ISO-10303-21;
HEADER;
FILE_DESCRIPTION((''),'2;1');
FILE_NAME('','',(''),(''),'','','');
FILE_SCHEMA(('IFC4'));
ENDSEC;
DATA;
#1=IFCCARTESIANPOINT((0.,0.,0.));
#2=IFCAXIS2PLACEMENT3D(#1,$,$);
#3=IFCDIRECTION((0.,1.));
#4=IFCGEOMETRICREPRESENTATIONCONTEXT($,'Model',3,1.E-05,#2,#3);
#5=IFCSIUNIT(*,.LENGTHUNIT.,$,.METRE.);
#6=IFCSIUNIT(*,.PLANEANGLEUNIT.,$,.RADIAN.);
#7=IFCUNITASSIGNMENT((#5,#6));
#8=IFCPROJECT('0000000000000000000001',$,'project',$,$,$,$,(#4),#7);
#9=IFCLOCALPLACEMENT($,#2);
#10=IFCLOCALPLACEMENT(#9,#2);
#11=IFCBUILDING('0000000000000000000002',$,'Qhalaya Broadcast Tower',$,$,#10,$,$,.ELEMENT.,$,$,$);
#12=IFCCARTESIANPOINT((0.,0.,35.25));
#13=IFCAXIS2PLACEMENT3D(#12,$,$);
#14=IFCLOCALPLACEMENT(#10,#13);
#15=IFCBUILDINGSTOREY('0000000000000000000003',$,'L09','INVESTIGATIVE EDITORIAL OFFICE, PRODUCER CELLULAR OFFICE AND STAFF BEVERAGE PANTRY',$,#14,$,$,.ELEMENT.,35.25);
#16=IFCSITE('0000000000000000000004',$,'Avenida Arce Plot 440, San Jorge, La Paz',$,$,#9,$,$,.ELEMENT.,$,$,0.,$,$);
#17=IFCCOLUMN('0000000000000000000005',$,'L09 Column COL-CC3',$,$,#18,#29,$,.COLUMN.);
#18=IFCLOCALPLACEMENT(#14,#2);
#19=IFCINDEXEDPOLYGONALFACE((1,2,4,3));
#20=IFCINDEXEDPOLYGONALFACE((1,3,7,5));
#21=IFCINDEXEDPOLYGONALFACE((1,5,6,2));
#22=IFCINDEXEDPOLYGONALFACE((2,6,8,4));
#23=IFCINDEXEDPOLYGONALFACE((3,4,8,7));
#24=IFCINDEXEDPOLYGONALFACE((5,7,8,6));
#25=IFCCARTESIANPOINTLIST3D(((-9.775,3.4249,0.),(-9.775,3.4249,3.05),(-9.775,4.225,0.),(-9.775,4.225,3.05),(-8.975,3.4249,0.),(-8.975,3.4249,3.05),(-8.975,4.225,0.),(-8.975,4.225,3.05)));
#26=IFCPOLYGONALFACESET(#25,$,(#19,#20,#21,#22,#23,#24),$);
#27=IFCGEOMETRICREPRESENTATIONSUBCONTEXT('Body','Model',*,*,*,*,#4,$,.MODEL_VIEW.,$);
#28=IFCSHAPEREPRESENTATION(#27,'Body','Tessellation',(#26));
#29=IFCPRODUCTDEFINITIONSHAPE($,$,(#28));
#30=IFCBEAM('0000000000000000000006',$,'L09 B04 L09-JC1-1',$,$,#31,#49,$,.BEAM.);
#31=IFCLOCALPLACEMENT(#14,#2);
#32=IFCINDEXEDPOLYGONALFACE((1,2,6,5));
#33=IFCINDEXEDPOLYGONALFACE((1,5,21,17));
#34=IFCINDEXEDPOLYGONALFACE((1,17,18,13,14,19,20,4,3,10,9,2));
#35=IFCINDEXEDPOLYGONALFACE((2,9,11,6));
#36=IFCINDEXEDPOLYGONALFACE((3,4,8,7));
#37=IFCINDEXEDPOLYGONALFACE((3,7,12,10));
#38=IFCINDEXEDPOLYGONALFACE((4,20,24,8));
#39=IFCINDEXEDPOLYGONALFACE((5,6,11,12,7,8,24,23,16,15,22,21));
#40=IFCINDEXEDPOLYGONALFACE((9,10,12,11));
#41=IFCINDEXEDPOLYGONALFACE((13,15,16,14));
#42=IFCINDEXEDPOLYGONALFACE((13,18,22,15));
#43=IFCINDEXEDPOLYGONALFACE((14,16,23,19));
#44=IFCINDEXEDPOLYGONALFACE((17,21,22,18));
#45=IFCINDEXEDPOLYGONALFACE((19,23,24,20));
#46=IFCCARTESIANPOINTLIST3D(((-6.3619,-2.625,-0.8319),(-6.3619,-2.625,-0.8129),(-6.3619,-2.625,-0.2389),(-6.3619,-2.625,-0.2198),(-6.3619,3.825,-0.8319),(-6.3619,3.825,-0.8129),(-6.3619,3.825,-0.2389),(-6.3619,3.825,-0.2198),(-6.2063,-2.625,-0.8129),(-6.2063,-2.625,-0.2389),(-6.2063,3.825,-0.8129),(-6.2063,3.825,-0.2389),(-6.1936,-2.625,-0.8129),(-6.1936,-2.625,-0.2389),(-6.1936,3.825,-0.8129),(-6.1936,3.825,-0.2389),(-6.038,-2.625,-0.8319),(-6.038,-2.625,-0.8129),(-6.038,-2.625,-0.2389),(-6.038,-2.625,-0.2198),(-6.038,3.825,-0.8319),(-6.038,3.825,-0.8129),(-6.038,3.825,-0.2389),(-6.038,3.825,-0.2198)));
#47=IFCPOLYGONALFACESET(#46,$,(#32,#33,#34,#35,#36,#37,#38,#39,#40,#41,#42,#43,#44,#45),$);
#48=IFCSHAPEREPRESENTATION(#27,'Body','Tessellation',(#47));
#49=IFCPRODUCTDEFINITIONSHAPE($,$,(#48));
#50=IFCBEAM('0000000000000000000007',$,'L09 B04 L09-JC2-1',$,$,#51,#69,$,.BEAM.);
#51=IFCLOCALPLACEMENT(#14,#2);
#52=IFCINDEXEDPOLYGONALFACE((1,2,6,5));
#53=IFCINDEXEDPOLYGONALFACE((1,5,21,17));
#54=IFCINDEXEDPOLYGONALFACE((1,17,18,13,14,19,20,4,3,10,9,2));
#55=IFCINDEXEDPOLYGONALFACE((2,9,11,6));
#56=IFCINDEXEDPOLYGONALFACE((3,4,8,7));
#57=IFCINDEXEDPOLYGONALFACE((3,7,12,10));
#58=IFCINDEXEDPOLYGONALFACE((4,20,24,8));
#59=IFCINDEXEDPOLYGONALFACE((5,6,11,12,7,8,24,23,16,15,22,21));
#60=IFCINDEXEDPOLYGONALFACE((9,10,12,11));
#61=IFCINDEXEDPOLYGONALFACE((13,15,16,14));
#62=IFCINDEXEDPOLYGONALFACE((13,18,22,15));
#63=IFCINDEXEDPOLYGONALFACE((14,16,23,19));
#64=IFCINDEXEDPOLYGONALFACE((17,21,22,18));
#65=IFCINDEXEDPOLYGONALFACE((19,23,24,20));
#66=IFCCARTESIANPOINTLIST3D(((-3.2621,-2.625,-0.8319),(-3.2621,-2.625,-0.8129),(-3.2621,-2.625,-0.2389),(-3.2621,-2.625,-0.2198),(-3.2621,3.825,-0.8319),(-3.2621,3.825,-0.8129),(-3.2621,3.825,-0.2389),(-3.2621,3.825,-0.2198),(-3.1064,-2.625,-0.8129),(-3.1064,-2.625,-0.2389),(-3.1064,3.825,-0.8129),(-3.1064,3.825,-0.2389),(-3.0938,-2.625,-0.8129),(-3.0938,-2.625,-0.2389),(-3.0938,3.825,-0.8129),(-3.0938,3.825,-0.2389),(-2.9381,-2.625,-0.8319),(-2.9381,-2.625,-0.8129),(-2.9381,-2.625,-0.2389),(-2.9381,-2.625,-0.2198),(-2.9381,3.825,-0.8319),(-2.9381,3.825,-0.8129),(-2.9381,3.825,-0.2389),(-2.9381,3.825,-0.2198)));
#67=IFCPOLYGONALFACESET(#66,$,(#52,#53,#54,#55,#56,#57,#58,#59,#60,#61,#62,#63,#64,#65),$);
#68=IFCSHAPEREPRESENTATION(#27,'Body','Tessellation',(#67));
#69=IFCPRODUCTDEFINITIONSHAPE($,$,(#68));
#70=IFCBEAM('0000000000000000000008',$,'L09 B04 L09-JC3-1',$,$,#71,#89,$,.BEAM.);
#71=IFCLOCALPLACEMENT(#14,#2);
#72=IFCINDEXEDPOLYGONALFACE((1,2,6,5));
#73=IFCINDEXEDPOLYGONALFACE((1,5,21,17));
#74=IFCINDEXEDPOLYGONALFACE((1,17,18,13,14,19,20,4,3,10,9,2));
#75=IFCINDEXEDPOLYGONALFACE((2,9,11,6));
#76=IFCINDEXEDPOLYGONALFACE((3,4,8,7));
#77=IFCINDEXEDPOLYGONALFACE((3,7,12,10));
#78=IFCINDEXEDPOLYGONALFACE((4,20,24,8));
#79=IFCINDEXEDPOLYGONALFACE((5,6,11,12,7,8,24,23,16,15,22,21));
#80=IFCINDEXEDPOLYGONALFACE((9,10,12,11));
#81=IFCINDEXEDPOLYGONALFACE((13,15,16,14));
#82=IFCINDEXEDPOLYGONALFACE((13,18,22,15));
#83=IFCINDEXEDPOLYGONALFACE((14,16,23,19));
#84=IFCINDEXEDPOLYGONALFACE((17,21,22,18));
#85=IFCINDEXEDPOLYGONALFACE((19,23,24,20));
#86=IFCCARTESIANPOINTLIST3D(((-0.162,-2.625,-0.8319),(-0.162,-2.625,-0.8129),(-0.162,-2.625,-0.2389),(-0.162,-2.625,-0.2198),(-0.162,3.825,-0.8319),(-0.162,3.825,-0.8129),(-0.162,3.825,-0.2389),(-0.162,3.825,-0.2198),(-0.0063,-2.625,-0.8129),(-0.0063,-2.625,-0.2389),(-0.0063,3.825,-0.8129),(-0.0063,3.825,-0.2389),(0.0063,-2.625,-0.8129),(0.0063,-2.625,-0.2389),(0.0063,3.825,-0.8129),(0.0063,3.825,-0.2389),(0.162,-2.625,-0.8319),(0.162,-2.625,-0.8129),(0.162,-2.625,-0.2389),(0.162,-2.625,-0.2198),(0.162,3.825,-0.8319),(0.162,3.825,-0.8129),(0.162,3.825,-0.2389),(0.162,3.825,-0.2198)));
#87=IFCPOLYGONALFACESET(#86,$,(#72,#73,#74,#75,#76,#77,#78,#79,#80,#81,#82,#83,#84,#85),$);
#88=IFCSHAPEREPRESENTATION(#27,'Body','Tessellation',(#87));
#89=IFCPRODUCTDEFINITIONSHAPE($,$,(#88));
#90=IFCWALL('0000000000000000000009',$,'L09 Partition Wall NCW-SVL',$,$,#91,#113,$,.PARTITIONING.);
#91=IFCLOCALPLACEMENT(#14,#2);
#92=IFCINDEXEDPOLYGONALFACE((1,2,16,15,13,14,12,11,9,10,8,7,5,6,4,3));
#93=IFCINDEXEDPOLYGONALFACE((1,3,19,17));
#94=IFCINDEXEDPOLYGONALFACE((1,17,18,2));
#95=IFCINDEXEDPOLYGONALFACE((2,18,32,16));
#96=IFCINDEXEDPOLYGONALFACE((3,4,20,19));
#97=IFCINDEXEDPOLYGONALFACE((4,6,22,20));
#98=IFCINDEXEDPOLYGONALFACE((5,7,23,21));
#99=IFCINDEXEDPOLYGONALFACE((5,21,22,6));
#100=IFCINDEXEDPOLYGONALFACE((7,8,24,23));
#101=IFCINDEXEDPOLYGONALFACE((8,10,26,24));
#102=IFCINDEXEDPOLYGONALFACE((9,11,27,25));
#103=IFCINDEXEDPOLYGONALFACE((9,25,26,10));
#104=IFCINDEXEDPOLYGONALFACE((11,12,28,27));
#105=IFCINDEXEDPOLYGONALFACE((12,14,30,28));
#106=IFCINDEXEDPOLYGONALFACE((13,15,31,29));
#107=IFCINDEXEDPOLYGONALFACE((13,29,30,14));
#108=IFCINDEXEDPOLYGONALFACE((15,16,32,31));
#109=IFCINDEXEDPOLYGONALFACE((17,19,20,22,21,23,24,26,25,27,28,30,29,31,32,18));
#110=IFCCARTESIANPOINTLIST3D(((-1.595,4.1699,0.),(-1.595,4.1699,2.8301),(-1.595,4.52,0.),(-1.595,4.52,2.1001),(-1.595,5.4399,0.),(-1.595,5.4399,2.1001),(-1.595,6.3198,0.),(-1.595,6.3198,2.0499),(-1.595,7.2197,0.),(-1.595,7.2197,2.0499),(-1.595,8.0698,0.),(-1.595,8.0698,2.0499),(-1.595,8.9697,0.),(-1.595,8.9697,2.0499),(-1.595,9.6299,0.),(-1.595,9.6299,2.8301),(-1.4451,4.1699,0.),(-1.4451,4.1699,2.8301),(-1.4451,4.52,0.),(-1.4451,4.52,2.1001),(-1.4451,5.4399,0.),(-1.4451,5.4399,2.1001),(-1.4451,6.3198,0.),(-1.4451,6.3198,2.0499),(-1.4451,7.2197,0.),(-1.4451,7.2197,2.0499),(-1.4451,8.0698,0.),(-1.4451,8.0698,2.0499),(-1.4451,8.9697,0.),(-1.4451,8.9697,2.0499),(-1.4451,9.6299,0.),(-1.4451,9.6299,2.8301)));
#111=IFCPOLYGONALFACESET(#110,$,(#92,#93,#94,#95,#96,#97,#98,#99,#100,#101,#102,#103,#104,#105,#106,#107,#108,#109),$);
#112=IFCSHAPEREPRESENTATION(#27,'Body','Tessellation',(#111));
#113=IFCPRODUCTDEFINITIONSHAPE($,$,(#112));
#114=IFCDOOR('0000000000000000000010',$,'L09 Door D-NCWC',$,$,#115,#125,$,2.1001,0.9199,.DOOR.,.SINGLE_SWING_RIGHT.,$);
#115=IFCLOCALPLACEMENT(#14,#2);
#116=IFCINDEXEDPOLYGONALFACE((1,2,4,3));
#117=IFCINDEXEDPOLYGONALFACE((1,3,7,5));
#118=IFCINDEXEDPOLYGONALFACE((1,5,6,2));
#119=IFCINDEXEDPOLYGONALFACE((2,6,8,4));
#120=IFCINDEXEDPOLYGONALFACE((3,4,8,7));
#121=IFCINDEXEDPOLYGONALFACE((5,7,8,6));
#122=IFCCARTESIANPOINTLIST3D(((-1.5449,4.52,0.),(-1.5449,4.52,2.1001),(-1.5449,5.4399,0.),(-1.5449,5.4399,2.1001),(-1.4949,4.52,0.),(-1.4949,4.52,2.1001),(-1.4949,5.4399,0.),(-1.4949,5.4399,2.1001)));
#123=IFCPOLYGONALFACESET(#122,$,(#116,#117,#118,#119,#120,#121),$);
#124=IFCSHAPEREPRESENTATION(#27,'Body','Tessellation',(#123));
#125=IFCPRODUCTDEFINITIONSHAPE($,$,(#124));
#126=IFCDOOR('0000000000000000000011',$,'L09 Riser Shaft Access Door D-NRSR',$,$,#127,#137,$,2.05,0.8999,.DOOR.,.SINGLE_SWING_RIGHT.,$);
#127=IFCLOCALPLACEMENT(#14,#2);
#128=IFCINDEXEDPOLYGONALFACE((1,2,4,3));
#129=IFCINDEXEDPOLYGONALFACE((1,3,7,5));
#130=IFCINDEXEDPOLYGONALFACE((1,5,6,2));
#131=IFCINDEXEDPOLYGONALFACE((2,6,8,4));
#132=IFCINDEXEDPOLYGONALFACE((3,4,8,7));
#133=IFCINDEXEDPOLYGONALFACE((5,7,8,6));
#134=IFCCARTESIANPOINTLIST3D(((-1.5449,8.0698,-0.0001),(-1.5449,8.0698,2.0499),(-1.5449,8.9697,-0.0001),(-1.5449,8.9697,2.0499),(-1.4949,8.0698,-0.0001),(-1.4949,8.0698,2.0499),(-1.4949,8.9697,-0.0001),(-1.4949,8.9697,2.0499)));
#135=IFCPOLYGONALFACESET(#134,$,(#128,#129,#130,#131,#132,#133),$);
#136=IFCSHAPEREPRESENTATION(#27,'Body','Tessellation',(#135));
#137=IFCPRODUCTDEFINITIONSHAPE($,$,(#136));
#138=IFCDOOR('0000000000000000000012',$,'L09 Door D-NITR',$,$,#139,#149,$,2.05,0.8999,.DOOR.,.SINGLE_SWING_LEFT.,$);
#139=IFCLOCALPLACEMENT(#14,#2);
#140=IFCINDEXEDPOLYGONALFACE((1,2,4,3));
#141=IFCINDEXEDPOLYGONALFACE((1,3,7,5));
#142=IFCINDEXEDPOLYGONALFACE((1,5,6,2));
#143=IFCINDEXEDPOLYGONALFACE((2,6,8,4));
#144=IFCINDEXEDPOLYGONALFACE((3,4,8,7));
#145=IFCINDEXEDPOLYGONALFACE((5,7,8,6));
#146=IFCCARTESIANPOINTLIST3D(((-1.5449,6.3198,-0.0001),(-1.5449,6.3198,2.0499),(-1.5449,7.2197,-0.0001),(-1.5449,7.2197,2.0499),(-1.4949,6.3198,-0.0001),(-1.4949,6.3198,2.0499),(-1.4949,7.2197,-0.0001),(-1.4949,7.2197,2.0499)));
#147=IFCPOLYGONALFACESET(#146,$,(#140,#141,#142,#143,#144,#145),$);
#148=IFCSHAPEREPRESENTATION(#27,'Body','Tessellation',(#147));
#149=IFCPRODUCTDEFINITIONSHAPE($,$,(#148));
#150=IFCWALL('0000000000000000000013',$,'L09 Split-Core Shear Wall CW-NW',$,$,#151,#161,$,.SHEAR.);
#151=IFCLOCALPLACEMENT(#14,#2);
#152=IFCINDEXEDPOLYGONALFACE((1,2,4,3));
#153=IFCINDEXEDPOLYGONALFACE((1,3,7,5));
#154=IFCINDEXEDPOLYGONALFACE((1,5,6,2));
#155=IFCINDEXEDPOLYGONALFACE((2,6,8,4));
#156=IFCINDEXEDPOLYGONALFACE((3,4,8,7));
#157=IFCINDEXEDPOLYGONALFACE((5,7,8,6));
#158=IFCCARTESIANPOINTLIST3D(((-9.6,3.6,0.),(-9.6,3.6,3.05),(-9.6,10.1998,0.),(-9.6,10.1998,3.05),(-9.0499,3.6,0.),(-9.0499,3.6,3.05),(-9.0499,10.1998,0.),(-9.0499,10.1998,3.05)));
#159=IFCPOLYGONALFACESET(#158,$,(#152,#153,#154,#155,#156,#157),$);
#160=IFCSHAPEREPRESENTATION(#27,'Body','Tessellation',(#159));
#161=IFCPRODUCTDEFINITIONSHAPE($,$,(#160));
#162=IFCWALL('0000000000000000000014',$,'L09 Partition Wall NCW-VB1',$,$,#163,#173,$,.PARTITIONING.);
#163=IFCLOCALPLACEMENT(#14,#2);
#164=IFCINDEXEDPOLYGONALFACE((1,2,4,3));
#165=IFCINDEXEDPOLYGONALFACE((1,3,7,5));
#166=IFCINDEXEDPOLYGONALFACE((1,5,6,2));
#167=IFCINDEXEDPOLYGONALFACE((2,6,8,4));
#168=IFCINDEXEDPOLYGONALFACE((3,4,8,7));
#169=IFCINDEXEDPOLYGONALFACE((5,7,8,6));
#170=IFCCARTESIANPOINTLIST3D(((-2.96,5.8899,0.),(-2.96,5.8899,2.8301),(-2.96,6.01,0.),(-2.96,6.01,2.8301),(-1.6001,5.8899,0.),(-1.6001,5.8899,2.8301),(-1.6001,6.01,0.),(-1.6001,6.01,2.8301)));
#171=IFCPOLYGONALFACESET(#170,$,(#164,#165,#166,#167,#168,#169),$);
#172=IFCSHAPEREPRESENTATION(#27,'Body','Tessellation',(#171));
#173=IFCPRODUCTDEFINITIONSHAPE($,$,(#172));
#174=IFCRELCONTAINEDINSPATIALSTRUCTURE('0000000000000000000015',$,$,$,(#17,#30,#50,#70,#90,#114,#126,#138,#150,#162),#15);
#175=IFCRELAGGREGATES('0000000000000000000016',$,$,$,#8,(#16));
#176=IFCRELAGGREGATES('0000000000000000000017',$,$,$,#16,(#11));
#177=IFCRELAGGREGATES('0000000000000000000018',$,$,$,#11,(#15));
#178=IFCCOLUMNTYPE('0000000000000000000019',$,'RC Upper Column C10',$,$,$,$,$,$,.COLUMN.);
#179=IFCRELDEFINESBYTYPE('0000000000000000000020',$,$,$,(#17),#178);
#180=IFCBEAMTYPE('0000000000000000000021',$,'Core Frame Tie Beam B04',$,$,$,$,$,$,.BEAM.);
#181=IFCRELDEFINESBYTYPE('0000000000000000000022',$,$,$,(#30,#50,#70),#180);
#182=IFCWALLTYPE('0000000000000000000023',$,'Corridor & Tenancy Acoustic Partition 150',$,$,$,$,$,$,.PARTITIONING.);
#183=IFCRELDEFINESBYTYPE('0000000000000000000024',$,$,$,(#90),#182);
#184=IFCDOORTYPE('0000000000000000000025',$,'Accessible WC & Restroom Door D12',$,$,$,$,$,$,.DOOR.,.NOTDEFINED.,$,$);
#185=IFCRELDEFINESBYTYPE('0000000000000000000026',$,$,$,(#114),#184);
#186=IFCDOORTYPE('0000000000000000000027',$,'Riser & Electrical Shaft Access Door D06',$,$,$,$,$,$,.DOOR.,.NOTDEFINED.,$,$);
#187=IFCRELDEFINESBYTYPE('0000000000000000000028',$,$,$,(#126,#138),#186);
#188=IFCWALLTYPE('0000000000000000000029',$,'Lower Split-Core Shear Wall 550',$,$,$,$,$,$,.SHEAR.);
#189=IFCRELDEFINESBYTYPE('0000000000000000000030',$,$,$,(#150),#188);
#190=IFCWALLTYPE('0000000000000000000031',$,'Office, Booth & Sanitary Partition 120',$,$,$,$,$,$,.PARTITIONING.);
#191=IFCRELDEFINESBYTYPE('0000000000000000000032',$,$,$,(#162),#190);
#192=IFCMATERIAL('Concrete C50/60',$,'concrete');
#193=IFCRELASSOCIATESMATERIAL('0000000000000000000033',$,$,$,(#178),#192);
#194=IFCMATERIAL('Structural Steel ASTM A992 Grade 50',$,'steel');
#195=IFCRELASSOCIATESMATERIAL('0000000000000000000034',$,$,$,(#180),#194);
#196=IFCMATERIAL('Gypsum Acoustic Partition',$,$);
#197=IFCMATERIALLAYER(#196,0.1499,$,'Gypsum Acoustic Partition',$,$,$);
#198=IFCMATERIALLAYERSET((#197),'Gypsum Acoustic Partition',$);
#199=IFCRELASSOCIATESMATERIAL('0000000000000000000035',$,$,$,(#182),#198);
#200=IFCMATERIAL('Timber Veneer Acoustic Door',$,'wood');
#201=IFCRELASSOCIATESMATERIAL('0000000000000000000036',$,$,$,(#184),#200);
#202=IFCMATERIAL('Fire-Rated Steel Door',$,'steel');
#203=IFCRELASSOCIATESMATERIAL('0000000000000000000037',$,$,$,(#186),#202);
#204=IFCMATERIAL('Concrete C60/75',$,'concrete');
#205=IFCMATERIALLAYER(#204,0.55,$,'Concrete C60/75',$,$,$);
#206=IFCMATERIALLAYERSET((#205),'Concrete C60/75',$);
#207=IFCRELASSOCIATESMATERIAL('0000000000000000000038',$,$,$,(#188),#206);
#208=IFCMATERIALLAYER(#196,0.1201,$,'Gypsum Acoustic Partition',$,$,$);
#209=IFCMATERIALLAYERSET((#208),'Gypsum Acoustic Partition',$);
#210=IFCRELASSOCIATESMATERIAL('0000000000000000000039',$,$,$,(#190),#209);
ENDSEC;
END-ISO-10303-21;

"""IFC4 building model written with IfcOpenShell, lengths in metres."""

from ifc_helpers import new_model, si_unit, direction, frame, frame_2d, origin, origin_2d, place, context, subcontext, project, spatial, rectangle, i_section, extrude, material, layer, layer_set, material_profile, profile_set, type_object, element, fill, save


model = new_model("IFC4")

# Units and contexts
model_context = context("Model", 3, precision=1e-05, world=origin(), true_north=direction((0.0, 1.0)))
body_context = subcontext(model_context, "Body", "Model", "MODEL_VIEW")
ifc_project = project(units=[si_unit("LENGTHUNIT", "METRE"), si_unit("PLANEANGLEUNIT", "RADIAN")], contexts=[model_context])

# Site, building, storey
site_placement = place(None, origin())
site = spatial("IfcSite", under=ifc_project, at=site_placement, Name="Avenida Arce Plot 440, San Jorge, La Paz", CompositionType="ELEMENT", RefElevation=0.0)
building_placement = place(site_placement, origin())
building = spatial("IfcBuilding", under=site, at=building_placement, Name="Qhalaya Broadcast Tower", CompositionType="ELEMENT")
storey_placement = place(building_placement, frame((0.0, 0.0, 35.25)))
storey = spatial("IfcBuildingStorey", under=building, at=storey_placement, Name="L09", Description="INVESTIGATIVE EDITORIAL OFFICE, PRODUCER CELLULAR OFFICE AND STAFF BEVERAGE PANTRY", CompositionType="ELEMENT", Elevation=35.25)

# Column
ifc_material_1 = material(Name="Concrete C50/60", Category="concrete")
ifc_material_profile_1 = material_profile(ifc_material_1, rectangle(XDim=0.8, YDim=0.8, at=origin_2d()), Name="RC-COL 800x800")
ifc_profile_set_1 = profile_set([ifc_material_profile_1], Name="Concrete C50/60")
column_type = type_object("IfcColumnType", Name="RC Upper Column C10", PredefinedType="COLUMN", material=ifc_profile_set_1)
column_placement = place(storey_placement, frame((-9.375, 3.825, 0.0), z_axis=(0.0, 0.0, 1.0), x_axis=(1.0, 0.0, 0.0)))
element("IfcColumn", 1, at=column_placement, inside=storey, type_object=column_type, Name="L09 Column COL-CC3", PredefinedType="COLUMN", context=body_context, shape_type="SweptSolid", body=[
    extrude(rectangle(XDim=0.8, YDim=0.8, at=origin_2d()), origin(), (0.0, 0.0, 1.0), 3.05),
])

# Beams
ifc_material_2 = material(Name="Structural Steel ASTM A992 Grade 50", Category="steel")
ifc_material_profile_2 = material_profile(ifc_material_2, i_section(OverallWidth=0.324, OverallDepth=0.6121, WebThickness=0.0127, FlangeThickness=0.019, at=origin_2d()), Name="W24X104")
ifc_profile_set_2 = profile_set([ifc_material_profile_2], Name="Structural Steel ASTM A992 Grade 50")
beam_type = type_object("IfcBeamType", Name="Core Frame Tie Beam B04", PredefinedType="BEAM", material=ifc_profile_set_2)
for number, where, z_axis, x_axis, name in (
    (2, (-6.2, -2.625, -0.5259), (0.0, 1.0, 0.0), (-1.0, 0.0, 0.0), "L09 B04 L09-JC1-1"),
    (3, (-3.1001, -2.625, -0.5259), (0.0, 1.0, 0.0), (-1.0, 0.0, 0.0), "L09 B04 L09-JC2-1"),
    (4, (0.0, -2.625, -0.5259), (0.0, 1.0, 0.0), (-1.0, 0.0, 0.0), "L09 B04 L09-JC3-1"),
):
    element("IfcBeam", number, at=place(storey_placement, frame(where, z_axis=z_axis, x_axis=x_axis)), inside=storey, type_object=beam_type, Name=name, PredefinedType="BEAM", context=body_context, shape_type="SweptSolid", body=[
        extrude(i_section(OverallWidth=0.324, OverallDepth=0.6121, WebThickness=0.0127, FlangeThickness=0.019, at=origin_2d()), origin(), (0.0, 0.0, 1.0), 6.45),
    ])

# Wall, openings, doors
ifc_material_3 = material(Name="Gypsum Acoustic Partition")
ifc_layer_1 = layer(ifc_material_3, 0.1499, Name="Gypsum Acoustic Partition")
ifc_layer_set_1 = layer_set([ifc_layer_1], Name="Gypsum Acoustic Partition")
wall_type_1 = type_object("IfcWallType", Name="Corridor & Tenancy Acoustic Partition 150", PredefinedType="PARTITIONING", material=ifc_layer_set_1)
wall_1_placement = place(storey_placement, frame((-1.52, 4.1699, 0.0), z_axis=(0.0, 0.0, 1.0), x_axis=(0.0, 1.0, 0.0)))
wall_1 = element("IfcWall", 5, at=wall_1_placement, inside=storey, type_object=wall_type_1, Name="L09 Partition Wall NCW-SVL", PredefinedType="PARTITIONING", context=body_context, shape_type="SweptSolid", body=[
    extrude(rectangle(XDim=5.46, YDim=0.1499, at=frame_2d((2.73, 0.0))), origin(), (0.0, 0.0, 1.0), 2.8301),
])
opening_1_placement = place(wall_1_placement, frame((3.8999, 0.0, 0.0)))
opening_1 = element("IfcOpeningElement", 6, at=opening_1_placement, cuts=wall_1, PredefinedType="OPENING", context=body_context, shape_type="SweptSolid", body=[
    extrude(rectangle(XDim=0.8999, YDim=2.05, at=frame_2d((0.45, 1.0249))), frame((0.0, 0.0869, 0.0), z_axis=(0.0, -1.0, 0.0), x_axis=(1.0, 0.0, 0.0)), (0.0, 0.0, 1.0), 0.1738),
])
opening_2_placement = place(wall_1_placement, frame((2.1499, 0.0, 0.0)))
opening_2 = element("IfcOpeningElement", 7, at=opening_2_placement, cuts=wall_1, PredefinedType="OPENING", context=body_context, shape_type="SweptSolid", body=[
    extrude(rectangle(XDim=0.8999, YDim=2.05, at=frame_2d((0.45, 1.0249))), frame((0.0, 0.0869, 0.0), z_axis=(0.0, -1.0, 0.0), x_axis=(1.0, 0.0, 0.0)), (0.0, 0.0, 1.0), 0.1738),
])
opening_3_placement = place(wall_1_placement, frame((0.3501, 0.0, 0.0)))
opening_3 = element("IfcOpeningElement", 8, at=opening_3_placement, cuts=wall_1, PredefinedType="OPENING", context=body_context, shape_type="SweptSolid", body=[
    extrude(rectangle(XDim=0.9199, YDim=2.1001, at=frame_2d((0.46, 1.05))), frame((0.0, 0.0869, 0.0), z_axis=(0.0, -1.0, 0.0), x_axis=(1.0, 0.0, 0.0)), (0.0, 0.0, 1.0), 0.1738),
])
ifc_material_4 = material(Name="Timber Veneer Acoustic Door", Category="wood")
door_type_1 = type_object("IfcDoorType", Name="Accessible WC & Restroom Door D12", OperationType="NOTDEFINED", PredefinedType="DOOR", material=ifc_material_4)
door_1_placement = place(opening_3_placement, origin())
door_1 = element("IfcDoor", 9, at=door_1_placement, inside=storey, type_object=door_type_1, Name="L09 Door D-NCWC", OperationType="SINGLE_SWING_RIGHT", OverallHeight=2.1001, OverallWidth=0.9199, PredefinedType="DOOR", context=body_context, shape_type="SweptSolid", body=[
    extrude(rectangle(XDim=0.9199, YDim=2.1001, at=frame_2d((0.46, 1.05))), frame((0.0, 0.0249, 0.0), z_axis=(0.0, -1.0, 0.0), x_axis=(1.0, 0.0, 0.0)), (0.0, 0.0, 1.0), 0.05),
])
fill(opening_3, door_1)
ifc_material_5 = material(Name="Fire-Rated Steel Door", Category="steel")
door_type_2 = type_object("IfcDoorType", Name="Riser & Electrical Shaft Access Door D06", OperationType="NOTDEFINED", PredefinedType="DOOR", material=ifc_material_5)
door_2_placement = place(opening_1_placement, origin())
door_2 = element("IfcDoor", 10, at=door_2_placement, inside=storey, type_object=door_type_2, Name="L09 Riser Shaft Access Door D-NRSR", OperationType="SINGLE_SWING_RIGHT", OverallHeight=2.05, OverallWidth=0.8999, PredefinedType="DOOR", context=body_context, shape_type="SweptSolid", body=[
    extrude(rectangle(XDim=0.8999, YDim=2.05, at=frame_2d((0.45, 1.0249))), frame((0.0, 0.0249, 0.0), z_axis=(0.0, -1.0, 0.0), x_axis=(1.0, 0.0, 0.0)), (0.0, 0.0, 1.0), 0.05),
])
fill(opening_1, door_2)
door_3_placement = place(opening_2_placement, origin())
door_3 = element("IfcDoor", 11, at=door_3_placement, inside=storey, type_object=door_type_2, Name="L09 Door D-NITR", OperationType="SINGLE_SWING_LEFT", OverallHeight=2.05, OverallWidth=0.8999, PredefinedType="DOOR", context=body_context, shape_type="SweptSolid", body=[
    extrude(rectangle(XDim=0.8999, YDim=2.05, at=frame_2d((0.45, 1.0249))), frame((0.0, 0.0249, 0.0), z_axis=(0.0, -1.0, 0.0), x_axis=(1.0, 0.0, 0.0)), (0.0, 0.0, 1.0), 0.05),
])
fill(opening_2, door_3)

# Walls
ifc_material_6 = material(Name="Concrete C60/75", Category="concrete")
ifc_layer_2 = layer(ifc_material_6, 0.55, Name="Concrete C60/75")
ifc_layer_set_2 = layer_set([ifc_layer_2], Name="Concrete C60/75")
wall_type_2 = type_object("IfcWallType", Name="Lower Split-Core Shear Wall 550", PredefinedType="SHEAR", material=ifc_layer_set_2)
wall_2_placement = place(storey_placement, frame((-9.325, 3.6001, 0.0), z_axis=(0.0, 0.0, 1.0), x_axis=(0.0, 1.0, 0.0)))
element("IfcWall", 12, at=wall_2_placement, inside=storey, type_object=wall_type_2, Name="L09 Split-Core Shear Wall CW-NW", PredefinedType="SHEAR", context=body_context, shape_type="SweptSolid", body=[
    extrude(rectangle(XDim=6.5999, YDim=0.55, at=frame_2d((3.2998, 0.0))), origin(), (0.0, 0.0, 1.0), 3.05),
])
ifc_layer_3 = layer(ifc_material_3, 0.1201, Name="Gypsum Acoustic Partition")
ifc_layer_set_3 = layer_set([ifc_layer_3], Name="Gypsum Acoustic Partition")
wall_type_3 = type_object("IfcWallType", Name="Office, Booth & Sanitary Partition 120", PredefinedType="PARTITIONING", material=ifc_layer_set_3)
for number, where, z_axis, x_axis, name in (
    (13, (-2.96, 5.95, 0.0), (0.0, 0.0, 1.0), (1.0, 0.0, 0.0), "L09 Partition Wall NCW-VB1"),
):
    element("IfcWall", number, at=place(storey_placement, frame(where, z_axis=z_axis, x_axis=x_axis)), inside=storey, type_object=wall_type_3, Name=name, PredefinedType="PARTITIONING", context=body_context, shape_type="SweptSolid", body=[
        extrude(rectangle(XDim=1.3599, YDim=0.1201, at=frame_2d((0.6799, 0.0))), origin(), (0.0, 0.0, 1.0), 2.8301),
    ])

save(model, "model.ifc")
